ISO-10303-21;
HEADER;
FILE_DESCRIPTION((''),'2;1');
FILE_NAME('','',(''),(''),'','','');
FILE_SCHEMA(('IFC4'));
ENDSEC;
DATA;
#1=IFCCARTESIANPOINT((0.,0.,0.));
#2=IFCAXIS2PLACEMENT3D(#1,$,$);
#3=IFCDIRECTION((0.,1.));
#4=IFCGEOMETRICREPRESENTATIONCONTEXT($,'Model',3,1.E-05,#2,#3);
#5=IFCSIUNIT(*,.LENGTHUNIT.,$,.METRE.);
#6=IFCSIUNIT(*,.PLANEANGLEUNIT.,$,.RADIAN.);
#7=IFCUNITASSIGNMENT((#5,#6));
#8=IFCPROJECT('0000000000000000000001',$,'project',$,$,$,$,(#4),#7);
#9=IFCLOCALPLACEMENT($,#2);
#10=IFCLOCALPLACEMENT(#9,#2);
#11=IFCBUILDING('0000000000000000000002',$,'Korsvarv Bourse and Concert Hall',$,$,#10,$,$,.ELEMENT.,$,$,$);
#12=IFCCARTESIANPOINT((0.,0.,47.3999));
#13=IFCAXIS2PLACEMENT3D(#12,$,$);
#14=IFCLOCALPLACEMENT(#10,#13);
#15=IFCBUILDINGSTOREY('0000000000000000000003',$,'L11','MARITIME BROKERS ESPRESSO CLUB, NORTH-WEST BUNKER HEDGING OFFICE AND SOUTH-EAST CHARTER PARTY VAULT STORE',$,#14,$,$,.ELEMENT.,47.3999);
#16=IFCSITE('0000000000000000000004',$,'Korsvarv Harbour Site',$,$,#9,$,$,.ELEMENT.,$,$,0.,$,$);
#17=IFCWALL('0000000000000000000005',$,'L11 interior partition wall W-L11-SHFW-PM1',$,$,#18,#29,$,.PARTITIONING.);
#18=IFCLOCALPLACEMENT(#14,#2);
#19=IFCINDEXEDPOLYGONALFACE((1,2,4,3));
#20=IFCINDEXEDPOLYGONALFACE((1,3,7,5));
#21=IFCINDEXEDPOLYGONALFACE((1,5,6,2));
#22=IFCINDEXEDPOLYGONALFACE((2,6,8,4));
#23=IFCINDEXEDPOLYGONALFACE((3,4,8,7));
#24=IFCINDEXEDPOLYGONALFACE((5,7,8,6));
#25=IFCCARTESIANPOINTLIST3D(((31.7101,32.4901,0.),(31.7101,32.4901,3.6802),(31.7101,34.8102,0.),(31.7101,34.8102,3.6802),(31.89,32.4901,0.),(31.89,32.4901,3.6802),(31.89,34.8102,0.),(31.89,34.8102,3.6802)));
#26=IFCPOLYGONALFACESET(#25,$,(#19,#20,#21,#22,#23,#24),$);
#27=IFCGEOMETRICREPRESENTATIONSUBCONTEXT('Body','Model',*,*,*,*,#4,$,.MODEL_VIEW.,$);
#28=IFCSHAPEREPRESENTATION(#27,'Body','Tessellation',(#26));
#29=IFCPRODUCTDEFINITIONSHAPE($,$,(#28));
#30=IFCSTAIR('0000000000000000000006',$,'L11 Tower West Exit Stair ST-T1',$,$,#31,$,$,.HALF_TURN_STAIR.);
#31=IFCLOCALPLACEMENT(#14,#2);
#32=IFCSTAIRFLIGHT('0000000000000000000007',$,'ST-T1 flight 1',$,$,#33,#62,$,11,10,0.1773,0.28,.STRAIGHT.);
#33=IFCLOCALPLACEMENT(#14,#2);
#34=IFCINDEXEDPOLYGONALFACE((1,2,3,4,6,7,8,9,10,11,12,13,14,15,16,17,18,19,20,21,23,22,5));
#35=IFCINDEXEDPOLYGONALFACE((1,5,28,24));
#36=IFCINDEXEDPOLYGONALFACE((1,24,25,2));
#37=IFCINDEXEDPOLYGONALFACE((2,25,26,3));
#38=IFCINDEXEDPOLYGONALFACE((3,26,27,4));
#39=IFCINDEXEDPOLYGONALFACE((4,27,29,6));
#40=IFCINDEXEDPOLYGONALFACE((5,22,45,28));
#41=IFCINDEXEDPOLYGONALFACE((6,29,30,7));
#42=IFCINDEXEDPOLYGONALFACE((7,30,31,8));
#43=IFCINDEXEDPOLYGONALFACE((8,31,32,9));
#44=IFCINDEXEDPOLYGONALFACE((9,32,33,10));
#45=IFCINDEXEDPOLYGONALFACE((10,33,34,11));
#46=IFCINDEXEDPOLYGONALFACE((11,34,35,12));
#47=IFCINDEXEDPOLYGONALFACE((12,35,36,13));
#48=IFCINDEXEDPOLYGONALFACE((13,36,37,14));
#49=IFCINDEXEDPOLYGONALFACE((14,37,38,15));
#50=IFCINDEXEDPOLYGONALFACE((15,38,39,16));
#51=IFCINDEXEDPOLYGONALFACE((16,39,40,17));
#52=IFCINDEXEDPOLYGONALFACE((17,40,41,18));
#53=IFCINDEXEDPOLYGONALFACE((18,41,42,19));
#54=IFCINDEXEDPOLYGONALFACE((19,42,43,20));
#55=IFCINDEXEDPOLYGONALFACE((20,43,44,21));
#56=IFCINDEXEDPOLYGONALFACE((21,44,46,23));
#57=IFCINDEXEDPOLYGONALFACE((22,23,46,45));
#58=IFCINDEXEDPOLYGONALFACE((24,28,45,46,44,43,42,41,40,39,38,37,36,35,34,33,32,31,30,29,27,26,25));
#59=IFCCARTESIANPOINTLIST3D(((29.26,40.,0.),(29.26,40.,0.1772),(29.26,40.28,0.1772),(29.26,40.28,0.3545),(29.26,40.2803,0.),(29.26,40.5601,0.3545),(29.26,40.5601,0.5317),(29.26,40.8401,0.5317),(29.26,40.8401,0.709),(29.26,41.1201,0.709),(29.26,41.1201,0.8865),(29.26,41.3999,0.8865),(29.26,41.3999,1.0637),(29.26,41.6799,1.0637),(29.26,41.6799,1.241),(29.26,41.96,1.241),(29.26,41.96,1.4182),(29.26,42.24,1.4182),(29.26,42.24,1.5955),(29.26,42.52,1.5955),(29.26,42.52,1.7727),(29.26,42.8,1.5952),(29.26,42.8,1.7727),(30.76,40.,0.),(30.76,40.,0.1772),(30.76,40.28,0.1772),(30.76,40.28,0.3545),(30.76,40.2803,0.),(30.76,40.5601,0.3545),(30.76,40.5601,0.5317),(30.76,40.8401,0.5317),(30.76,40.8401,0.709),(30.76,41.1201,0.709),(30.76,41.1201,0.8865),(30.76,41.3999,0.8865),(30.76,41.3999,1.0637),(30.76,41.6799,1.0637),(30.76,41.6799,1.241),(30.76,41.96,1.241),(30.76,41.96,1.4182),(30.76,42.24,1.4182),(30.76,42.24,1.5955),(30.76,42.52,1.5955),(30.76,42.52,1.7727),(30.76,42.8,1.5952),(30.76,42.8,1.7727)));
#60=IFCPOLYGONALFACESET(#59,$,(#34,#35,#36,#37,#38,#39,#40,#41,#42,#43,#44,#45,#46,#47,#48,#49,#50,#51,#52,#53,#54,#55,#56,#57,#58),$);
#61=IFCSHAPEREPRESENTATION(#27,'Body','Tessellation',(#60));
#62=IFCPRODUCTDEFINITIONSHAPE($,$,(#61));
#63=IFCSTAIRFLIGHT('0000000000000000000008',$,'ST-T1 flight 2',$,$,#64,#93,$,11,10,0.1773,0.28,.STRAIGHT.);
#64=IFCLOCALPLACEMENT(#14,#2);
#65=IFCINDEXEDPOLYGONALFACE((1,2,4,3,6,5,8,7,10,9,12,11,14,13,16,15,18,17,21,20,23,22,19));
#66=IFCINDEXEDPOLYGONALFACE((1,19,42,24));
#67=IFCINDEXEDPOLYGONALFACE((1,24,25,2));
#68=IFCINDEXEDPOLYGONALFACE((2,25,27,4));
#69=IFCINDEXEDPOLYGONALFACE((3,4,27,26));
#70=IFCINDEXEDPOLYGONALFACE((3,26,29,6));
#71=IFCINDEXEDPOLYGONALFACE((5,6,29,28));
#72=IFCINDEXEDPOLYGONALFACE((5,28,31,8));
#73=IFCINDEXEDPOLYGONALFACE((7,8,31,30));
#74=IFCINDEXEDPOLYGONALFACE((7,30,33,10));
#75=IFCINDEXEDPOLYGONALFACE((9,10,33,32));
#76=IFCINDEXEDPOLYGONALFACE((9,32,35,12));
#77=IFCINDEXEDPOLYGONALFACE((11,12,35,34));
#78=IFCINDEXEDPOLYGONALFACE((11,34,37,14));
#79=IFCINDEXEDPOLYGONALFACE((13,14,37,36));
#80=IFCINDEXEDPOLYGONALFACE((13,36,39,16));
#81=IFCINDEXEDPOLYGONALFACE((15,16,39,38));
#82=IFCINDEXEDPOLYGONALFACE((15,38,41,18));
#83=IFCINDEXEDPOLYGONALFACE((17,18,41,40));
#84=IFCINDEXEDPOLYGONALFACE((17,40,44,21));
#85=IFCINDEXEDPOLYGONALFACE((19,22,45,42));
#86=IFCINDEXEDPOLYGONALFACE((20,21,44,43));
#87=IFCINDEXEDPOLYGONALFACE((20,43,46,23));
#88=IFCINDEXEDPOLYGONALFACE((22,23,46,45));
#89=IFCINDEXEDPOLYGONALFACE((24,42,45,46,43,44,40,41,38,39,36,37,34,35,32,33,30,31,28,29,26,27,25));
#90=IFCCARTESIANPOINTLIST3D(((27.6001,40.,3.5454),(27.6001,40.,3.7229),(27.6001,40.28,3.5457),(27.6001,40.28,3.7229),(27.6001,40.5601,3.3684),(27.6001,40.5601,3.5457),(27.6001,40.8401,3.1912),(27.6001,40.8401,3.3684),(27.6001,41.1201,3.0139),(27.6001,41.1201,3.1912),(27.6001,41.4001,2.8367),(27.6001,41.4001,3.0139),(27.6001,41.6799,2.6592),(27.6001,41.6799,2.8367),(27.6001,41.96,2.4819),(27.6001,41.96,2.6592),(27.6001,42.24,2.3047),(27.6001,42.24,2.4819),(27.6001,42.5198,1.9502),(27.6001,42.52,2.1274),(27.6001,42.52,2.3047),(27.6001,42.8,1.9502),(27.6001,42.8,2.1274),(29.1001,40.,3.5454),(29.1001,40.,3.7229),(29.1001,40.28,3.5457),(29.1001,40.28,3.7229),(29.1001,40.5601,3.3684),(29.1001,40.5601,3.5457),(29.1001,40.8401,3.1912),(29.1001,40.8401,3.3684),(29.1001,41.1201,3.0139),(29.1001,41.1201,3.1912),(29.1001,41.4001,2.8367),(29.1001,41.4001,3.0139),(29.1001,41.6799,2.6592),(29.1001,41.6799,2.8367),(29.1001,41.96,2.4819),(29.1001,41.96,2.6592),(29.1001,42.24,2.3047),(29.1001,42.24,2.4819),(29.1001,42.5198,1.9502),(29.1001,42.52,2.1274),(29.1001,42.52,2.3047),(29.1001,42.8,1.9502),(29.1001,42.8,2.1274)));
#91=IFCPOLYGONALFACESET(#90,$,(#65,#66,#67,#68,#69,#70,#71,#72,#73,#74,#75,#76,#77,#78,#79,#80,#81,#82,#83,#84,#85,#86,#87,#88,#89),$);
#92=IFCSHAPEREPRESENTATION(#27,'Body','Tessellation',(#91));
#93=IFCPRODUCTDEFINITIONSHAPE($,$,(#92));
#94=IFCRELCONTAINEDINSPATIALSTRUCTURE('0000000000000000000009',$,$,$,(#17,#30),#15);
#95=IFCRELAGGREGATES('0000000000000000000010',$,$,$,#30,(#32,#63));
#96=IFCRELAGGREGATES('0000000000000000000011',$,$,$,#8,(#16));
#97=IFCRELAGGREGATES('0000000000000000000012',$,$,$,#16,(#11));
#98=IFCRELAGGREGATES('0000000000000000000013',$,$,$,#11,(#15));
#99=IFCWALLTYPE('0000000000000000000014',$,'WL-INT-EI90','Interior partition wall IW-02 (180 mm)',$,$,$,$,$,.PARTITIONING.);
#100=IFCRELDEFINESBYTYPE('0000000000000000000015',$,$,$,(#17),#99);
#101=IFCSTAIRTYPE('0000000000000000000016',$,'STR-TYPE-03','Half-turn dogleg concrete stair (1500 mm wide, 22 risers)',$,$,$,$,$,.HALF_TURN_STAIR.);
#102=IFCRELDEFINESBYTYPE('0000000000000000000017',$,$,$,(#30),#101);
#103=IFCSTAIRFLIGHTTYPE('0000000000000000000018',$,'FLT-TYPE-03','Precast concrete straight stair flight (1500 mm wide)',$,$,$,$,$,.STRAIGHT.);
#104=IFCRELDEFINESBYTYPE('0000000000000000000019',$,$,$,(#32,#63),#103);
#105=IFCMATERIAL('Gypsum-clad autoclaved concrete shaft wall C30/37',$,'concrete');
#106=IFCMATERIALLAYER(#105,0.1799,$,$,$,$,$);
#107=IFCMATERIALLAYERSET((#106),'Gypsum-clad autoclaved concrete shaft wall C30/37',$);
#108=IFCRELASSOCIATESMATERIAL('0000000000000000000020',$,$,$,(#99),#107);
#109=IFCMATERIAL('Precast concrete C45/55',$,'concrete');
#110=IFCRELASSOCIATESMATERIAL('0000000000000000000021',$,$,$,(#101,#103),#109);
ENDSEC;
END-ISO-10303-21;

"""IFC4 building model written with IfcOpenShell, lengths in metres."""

from ifc_helpers import new_model, si_unit, direction, frame, frame_2d, origin, place, context, subcontext, project, spatial, polyline, rectangle, outline, extrude, material, layer, layer_set, type_object, element, aggregate, save


model = new_model("IFC4")

# Units and contexts
model_context = context("Model", 3, precision=1e-05, world=origin(), true_north=direction((0.0, 1.0)))
body_context = subcontext(model_context, "Body", "Model", "MODEL_VIEW")
ifc_project = project(units=[si_unit("LENGTHUNIT", "METRE"), si_unit("PLANEANGLEUNIT", "RADIAN")], contexts=[model_context])

# Site, building, storey
site_placement = place(None, origin())
site = spatial("IfcSite", under=ifc_project, at=site_placement, Name="Korsvarv Harbour Site", CompositionType="ELEMENT", RefElevation=0.0)
building_placement = place(site_placement, origin())
building = spatial("IfcBuilding", under=site, at=building_placement, Name="Korsvarv Bourse and Concert Hall", CompositionType="ELEMENT")
storey_placement = place(building_placement, frame((0.0, 0.0, 47.3999)))
storey = spatial("IfcBuildingStorey", under=building, at=storey_placement, Name="L11", Description="MARITIME BROKERS ESPRESSO CLUB, NORTH-WEST BUNKER HEDGING OFFICE AND SOUTH-EAST CHARTER PARTY VAULT STORE", CompositionType="ELEMENT", Elevation=47.3999)

# Shared definitions
ifc_material_1 = material(Name="Gypsum-clad autoclaved concrete shaft wall C30/37", Category="concrete")
ifc_layer_1 = layer(ifc_material_1, 0.1799)
ifc_layer_set_1 = layer_set([ifc_layer_1], Name="Gypsum-clad autoclaved concrete shaft wall C30/37")
wall_type_1 = type_object("IfcWallType", Name="WL-INT-EI90", Description="Interior partition wall IW-02 (180 mm)", PredefinedType="PARTITIONING", material=ifc_layer_set_1)

# Wall
wall_1_placement = place(storey_placement, frame((31.8, 32.49, 0.0), z_axis=(0.0, 0.0, 1.0), x_axis=(0.0, 1.0, 0.0)))
element("IfcWall", 1, at=wall_1_placement, inside=storey, type_object=wall_type_1, Name="L11 interior partition wall W-L11-SHFW-PM1", PredefinedType="PARTITIONING", context=body_context, shape_type="SweptSolid", body=[
    extrude(rectangle(XDim=2.3201, YDim=0.1799, at=frame_2d((1.1602, 0.0))), origin(), (0.0, 0.0, 1.0), 3.6802),
])

# Stair, stair flights
ifc_material_2 = material(Name="Precast concrete C45/55", Category="concrete")
stair_type = type_object("IfcStairType", Name="STR-TYPE-03", Description="Half-turn dogleg concrete stair (1500 mm wide, 22 risers)", PredefinedType="HALF_TURN_STAIR", material=ifc_material_2)
stair_placement = place(storey_placement, origin())
stair = element("IfcStair", 2, at=stair_placement, inside=storey, type_object=stair_type, Name="L11 Tower West Exit Stair ST-T1", PredefinedType="HALF_TURN_STAIR")
stair_flight_type = type_object("IfcStairFlightType", Name="FLT-TYPE-03", Description="Precast concrete straight stair flight (1500 mm wide)", PredefinedType="STRAIGHT", material=ifc_material_2)
stair_flight_1_placement = place(storey_placement, frame((30.01, 40.0, 0.0), z_axis=(0.0, 0.0, 1.0), x_axis=(0.0, 1.0, 0.0)))
stair_flight_1 = element("IfcStairFlight", 3, at=stair_flight_1_placement, type_object=stair_flight_type, Name="ST-T1 flight 1", NumberOfRisers=11, NumberOfTreads=10, PredefinedType="STRAIGHT", RiserHeight=0.1773, TreadLength=0.28, context=body_context, shape_type="SweptSolid", body=[
    extrude(outline(polyline([(0.0, 0.0), (0.0, 0.1772), (0.28, 0.1772), (0.28, 0.3545), (0.5601, 0.3545), (0.5601, 0.5317), (0.8401, 0.5317), (0.8401, 0.709), (1.1201, 0.709), (1.1201, 0.8865), (1.3999, 0.8865), (1.3999, 1.0637), (1.6799, 1.0637), (1.6799, 1.241), (1.96, 1.241), (1.96, 1.4182), (2.24, 1.4182), (2.24, 1.5955), (2.52, 1.5955), (2.52, 1.7727), (2.8, 1.7727), (2.8, 1.95), (2.8, 1.5952), (0.2803, 0.0), (0.0, 0.0)])), frame((0.0, 0.75, 0.0), z_axis=(0.0, -1.0, 0.0), x_axis=(1.0, 0.0, 0.0)), (0.0, 0.0, 1.0), 1.5),
])
stair_flight_2_placement = place(storey_placement, frame((28.3501, 42.8, 1.9502), z_axis=(0.0, 0.0, 1.0), x_axis=(0.0, -1.0, 0.0)))
stair_flight_2 = element("IfcStairFlight", 4, at=stair_flight_2_placement, type_object=stair_flight_type, Name="ST-T1 flight 2", NumberOfRisers=11, NumberOfTreads=10, PredefinedType="STRAIGHT", RiserHeight=0.1773, TreadLength=0.28, context=body_context, shape_type="SweptSolid", body=[
    extrude(outline(polyline([(0.0, 0.0), (0.0, 0.1772), (0.28, 0.1772), (0.28, 0.3545), (0.5601, 0.3545), (0.5601, 0.5317), (0.8401, 0.5317), (0.8401, 0.709), (1.1201, 0.709), (1.1201, 0.8865), (1.3999, 0.8865), (1.3999, 1.0637), (1.6799, 1.0637), (1.6799, 1.241), (1.96, 1.241), (1.96, 1.4182), (2.24, 1.4182), (2.24, 1.5955), (2.52, 1.5955), (2.52, 1.7727), (2.8, 1.7727), (2.8, 1.95), (2.8, 1.5952), (0.2803, 0.0), (0.0, 0.0)])), frame((0.0, 0.75, 0.0), z_axis=(0.0, -1.0, 0.0), x_axis=(1.0, 0.0, 0.0)), (0.0, 0.0, 1.0), 1.5),
])
aggregate(stair, [stair_flight_1, stair_flight_2])

save(model, "model.ifc")
